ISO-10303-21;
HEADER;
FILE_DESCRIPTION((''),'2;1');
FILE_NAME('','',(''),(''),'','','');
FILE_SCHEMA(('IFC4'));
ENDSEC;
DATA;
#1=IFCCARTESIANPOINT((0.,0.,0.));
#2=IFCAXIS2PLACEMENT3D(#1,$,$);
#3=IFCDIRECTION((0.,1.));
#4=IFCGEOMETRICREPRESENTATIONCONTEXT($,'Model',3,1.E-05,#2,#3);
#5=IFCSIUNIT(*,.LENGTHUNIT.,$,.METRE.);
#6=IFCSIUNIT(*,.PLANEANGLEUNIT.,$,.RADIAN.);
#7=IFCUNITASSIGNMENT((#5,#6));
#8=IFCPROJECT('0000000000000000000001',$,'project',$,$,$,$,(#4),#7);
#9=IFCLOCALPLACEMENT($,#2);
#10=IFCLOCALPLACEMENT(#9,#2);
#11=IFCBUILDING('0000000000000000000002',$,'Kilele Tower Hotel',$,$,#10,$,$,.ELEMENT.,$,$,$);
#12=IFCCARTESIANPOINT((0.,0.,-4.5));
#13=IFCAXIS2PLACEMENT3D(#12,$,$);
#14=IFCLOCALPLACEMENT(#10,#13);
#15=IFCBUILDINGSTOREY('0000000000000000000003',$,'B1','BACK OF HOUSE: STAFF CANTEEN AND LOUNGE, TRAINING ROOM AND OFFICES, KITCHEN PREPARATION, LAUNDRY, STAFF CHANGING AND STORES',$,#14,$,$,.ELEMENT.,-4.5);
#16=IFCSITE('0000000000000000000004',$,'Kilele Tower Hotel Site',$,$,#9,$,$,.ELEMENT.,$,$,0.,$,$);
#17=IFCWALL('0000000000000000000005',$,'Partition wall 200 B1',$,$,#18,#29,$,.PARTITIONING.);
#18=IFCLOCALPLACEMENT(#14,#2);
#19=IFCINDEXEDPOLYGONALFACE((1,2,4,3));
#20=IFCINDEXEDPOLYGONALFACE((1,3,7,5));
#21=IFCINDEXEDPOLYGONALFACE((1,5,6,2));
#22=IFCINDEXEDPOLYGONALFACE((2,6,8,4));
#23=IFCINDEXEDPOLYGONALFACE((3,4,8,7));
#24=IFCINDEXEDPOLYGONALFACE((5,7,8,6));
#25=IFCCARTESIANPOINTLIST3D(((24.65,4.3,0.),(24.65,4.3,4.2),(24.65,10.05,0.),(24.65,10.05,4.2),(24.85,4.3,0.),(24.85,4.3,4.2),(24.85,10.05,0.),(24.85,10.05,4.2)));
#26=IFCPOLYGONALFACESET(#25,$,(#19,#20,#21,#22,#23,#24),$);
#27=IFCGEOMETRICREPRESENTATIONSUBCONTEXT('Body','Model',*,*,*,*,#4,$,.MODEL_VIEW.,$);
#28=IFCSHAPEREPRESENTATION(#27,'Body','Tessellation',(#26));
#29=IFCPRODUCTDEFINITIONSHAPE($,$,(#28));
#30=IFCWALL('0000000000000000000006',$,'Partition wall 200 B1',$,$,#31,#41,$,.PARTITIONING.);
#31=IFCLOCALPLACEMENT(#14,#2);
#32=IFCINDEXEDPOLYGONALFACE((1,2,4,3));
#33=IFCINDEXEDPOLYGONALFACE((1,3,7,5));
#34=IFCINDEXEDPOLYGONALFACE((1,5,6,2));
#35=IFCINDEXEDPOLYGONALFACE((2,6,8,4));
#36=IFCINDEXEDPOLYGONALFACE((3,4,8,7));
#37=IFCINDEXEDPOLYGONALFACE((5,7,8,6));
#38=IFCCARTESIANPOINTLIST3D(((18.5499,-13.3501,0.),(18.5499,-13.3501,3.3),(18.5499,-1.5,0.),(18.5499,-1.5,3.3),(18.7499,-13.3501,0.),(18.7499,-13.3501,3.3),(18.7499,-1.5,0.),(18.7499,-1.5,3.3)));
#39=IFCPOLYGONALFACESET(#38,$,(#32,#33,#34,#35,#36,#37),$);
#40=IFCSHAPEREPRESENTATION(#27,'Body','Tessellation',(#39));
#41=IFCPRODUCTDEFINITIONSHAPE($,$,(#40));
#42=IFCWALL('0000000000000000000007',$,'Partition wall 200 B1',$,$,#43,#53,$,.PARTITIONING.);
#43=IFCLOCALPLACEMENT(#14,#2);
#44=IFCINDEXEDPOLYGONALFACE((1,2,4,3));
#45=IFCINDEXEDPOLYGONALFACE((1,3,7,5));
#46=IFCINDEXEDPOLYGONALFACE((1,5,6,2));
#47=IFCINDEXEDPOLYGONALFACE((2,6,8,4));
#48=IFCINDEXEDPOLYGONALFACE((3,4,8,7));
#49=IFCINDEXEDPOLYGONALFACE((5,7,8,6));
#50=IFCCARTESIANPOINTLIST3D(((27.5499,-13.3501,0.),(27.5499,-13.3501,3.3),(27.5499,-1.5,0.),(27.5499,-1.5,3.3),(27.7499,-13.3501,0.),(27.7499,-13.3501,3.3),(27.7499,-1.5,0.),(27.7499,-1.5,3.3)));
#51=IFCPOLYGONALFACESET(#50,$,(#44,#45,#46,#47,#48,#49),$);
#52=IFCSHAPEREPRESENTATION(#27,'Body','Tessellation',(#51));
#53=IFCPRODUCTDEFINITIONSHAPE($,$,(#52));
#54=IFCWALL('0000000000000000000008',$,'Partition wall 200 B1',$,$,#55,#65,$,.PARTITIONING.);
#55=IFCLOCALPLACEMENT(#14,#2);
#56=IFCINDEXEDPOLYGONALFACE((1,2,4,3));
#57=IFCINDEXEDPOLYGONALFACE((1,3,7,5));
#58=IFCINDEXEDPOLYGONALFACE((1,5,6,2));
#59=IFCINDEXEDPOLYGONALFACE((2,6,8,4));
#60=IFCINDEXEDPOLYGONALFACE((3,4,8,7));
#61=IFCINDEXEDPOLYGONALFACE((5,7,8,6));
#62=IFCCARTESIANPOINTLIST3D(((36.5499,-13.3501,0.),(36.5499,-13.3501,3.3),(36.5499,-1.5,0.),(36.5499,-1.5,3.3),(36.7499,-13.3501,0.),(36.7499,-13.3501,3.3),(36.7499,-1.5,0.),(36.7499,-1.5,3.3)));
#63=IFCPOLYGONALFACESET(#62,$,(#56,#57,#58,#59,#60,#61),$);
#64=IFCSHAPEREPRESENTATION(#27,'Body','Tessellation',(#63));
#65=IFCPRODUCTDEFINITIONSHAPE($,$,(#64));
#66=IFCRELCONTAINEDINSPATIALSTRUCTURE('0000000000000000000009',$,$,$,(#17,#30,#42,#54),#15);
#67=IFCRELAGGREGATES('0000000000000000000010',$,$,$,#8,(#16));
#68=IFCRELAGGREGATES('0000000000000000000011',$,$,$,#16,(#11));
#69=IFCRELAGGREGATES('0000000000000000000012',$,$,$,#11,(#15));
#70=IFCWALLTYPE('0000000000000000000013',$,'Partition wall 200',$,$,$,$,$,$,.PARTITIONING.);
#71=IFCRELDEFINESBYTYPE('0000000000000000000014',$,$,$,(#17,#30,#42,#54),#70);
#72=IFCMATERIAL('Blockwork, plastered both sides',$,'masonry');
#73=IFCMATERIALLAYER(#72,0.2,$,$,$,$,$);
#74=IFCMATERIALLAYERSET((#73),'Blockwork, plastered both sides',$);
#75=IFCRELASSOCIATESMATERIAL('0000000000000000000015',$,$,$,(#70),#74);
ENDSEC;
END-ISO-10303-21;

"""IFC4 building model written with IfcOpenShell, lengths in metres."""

from ifc_helpers import new_model, si_unit, direction, frame, frame_2d, origin, place, context, subcontext, project, spatial, rectangle, extrude, material, layer, layer_set, type_object, element, save


model = new_model("IFC4")

# Units and contexts
model_context = context("Model", 3, precision=1e-05, world=origin(), true_north=direction((0.0, 1.0)))
body_context = subcontext(model_context, "Body", "Model", "MODEL_VIEW")
ifc_project = project(units=[si_unit("LENGTHUNIT", "METRE"), si_unit("PLANEANGLEUNIT", "RADIAN")], contexts=[model_context])

# Site, building, storey
site_placement = place(None, origin())
site = spatial("IfcSite", under=ifc_project, at=site_placement, Name="Kilele Tower Hotel Site", CompositionType="ELEMENT", RefElevation=0.0)
building_placement = place(site_placement, origin())
building = spatial("IfcBuilding", under=site, at=building_placement, Name="Kilele Tower Hotel", CompositionType="ELEMENT")
storey_placement = place(building_placement, frame((0.0, 0.0, -4.5)))
storey = spatial("IfcBuildingStorey", under=building, at=storey_placement, Name="B1", Description="BACK OF HOUSE: STAFF CANTEEN AND LOUNGE, TRAINING ROOM AND OFFICES, KITCHEN PREPARATION, LAUNDRY, STAFF CHANGING AND STORES", CompositionType="ELEMENT", Elevation=-4.5)

# Shared definitions
ifc_material_1 = material(Name="Blockwork, plastered both sides", Category="masonry")
ifc_layer = layer(ifc_material_1, 0.2)
ifc_layer_set = layer_set([ifc_layer], Name="Blockwork, plastered both sides")
wall_type = type_object("IfcWallType", Name="Partition wall 200", PredefinedType="PARTITIONING", material=ifc_layer_set)

# Walls
wall_1_placement = place(storey_placement, frame((24.75, 4.3, 0.0), z_axis=(0.0, 0.0, 1.0), x_axis=(0.0, 1.0, 0.0)))
element("IfcWall", 1, at=wall_1_placement, inside=storey, type_object=wall_type, Name="Partition wall 200 B1", PredefinedType="PARTITIONING", context=body_context, shape_type="SweptSolid", body=[
    extrude(rectangle(XDim=5.75, YDim=0.2, at=frame_2d((2.875, 0.0))), origin(), (0.0, 0.0, 1.0), 4.2),
])
for number, where, z_axis, x_axis, name in (
    (2, (18.6499, -13.3501, 0.0), (0.0, 0.0, 1.0), (0.0, 1.0, 0.0), "Partition wall 200 B1"),
    (3, (27.6499, -13.3501, 0.0), (0.0, 0.0, 1.0), (0.0, 1.0, 0.0), "Partition wall 200 B1"),
    (4, (36.6499, -13.3501, 0.0), (0.0, 0.0, 1.0), (0.0, 1.0, 0.0), "Partition wall 200 B1"),
):
    element("IfcWall", number, at=place(storey_placement, frame(where, z_axis=z_axis, x_axis=x_axis)), inside=storey, type_object=wall_type, Name=name, PredefinedType="PARTITIONING", context=body_context, shape_type="SweptSolid", body=[
        extrude(rectangle(XDim=11.8501, YDim=0.2, at=frame_2d((5.925, 0.0))), origin(), (0.0, 0.0, 1.0), 3.3),
    ])

save(model, "model.ifc")
